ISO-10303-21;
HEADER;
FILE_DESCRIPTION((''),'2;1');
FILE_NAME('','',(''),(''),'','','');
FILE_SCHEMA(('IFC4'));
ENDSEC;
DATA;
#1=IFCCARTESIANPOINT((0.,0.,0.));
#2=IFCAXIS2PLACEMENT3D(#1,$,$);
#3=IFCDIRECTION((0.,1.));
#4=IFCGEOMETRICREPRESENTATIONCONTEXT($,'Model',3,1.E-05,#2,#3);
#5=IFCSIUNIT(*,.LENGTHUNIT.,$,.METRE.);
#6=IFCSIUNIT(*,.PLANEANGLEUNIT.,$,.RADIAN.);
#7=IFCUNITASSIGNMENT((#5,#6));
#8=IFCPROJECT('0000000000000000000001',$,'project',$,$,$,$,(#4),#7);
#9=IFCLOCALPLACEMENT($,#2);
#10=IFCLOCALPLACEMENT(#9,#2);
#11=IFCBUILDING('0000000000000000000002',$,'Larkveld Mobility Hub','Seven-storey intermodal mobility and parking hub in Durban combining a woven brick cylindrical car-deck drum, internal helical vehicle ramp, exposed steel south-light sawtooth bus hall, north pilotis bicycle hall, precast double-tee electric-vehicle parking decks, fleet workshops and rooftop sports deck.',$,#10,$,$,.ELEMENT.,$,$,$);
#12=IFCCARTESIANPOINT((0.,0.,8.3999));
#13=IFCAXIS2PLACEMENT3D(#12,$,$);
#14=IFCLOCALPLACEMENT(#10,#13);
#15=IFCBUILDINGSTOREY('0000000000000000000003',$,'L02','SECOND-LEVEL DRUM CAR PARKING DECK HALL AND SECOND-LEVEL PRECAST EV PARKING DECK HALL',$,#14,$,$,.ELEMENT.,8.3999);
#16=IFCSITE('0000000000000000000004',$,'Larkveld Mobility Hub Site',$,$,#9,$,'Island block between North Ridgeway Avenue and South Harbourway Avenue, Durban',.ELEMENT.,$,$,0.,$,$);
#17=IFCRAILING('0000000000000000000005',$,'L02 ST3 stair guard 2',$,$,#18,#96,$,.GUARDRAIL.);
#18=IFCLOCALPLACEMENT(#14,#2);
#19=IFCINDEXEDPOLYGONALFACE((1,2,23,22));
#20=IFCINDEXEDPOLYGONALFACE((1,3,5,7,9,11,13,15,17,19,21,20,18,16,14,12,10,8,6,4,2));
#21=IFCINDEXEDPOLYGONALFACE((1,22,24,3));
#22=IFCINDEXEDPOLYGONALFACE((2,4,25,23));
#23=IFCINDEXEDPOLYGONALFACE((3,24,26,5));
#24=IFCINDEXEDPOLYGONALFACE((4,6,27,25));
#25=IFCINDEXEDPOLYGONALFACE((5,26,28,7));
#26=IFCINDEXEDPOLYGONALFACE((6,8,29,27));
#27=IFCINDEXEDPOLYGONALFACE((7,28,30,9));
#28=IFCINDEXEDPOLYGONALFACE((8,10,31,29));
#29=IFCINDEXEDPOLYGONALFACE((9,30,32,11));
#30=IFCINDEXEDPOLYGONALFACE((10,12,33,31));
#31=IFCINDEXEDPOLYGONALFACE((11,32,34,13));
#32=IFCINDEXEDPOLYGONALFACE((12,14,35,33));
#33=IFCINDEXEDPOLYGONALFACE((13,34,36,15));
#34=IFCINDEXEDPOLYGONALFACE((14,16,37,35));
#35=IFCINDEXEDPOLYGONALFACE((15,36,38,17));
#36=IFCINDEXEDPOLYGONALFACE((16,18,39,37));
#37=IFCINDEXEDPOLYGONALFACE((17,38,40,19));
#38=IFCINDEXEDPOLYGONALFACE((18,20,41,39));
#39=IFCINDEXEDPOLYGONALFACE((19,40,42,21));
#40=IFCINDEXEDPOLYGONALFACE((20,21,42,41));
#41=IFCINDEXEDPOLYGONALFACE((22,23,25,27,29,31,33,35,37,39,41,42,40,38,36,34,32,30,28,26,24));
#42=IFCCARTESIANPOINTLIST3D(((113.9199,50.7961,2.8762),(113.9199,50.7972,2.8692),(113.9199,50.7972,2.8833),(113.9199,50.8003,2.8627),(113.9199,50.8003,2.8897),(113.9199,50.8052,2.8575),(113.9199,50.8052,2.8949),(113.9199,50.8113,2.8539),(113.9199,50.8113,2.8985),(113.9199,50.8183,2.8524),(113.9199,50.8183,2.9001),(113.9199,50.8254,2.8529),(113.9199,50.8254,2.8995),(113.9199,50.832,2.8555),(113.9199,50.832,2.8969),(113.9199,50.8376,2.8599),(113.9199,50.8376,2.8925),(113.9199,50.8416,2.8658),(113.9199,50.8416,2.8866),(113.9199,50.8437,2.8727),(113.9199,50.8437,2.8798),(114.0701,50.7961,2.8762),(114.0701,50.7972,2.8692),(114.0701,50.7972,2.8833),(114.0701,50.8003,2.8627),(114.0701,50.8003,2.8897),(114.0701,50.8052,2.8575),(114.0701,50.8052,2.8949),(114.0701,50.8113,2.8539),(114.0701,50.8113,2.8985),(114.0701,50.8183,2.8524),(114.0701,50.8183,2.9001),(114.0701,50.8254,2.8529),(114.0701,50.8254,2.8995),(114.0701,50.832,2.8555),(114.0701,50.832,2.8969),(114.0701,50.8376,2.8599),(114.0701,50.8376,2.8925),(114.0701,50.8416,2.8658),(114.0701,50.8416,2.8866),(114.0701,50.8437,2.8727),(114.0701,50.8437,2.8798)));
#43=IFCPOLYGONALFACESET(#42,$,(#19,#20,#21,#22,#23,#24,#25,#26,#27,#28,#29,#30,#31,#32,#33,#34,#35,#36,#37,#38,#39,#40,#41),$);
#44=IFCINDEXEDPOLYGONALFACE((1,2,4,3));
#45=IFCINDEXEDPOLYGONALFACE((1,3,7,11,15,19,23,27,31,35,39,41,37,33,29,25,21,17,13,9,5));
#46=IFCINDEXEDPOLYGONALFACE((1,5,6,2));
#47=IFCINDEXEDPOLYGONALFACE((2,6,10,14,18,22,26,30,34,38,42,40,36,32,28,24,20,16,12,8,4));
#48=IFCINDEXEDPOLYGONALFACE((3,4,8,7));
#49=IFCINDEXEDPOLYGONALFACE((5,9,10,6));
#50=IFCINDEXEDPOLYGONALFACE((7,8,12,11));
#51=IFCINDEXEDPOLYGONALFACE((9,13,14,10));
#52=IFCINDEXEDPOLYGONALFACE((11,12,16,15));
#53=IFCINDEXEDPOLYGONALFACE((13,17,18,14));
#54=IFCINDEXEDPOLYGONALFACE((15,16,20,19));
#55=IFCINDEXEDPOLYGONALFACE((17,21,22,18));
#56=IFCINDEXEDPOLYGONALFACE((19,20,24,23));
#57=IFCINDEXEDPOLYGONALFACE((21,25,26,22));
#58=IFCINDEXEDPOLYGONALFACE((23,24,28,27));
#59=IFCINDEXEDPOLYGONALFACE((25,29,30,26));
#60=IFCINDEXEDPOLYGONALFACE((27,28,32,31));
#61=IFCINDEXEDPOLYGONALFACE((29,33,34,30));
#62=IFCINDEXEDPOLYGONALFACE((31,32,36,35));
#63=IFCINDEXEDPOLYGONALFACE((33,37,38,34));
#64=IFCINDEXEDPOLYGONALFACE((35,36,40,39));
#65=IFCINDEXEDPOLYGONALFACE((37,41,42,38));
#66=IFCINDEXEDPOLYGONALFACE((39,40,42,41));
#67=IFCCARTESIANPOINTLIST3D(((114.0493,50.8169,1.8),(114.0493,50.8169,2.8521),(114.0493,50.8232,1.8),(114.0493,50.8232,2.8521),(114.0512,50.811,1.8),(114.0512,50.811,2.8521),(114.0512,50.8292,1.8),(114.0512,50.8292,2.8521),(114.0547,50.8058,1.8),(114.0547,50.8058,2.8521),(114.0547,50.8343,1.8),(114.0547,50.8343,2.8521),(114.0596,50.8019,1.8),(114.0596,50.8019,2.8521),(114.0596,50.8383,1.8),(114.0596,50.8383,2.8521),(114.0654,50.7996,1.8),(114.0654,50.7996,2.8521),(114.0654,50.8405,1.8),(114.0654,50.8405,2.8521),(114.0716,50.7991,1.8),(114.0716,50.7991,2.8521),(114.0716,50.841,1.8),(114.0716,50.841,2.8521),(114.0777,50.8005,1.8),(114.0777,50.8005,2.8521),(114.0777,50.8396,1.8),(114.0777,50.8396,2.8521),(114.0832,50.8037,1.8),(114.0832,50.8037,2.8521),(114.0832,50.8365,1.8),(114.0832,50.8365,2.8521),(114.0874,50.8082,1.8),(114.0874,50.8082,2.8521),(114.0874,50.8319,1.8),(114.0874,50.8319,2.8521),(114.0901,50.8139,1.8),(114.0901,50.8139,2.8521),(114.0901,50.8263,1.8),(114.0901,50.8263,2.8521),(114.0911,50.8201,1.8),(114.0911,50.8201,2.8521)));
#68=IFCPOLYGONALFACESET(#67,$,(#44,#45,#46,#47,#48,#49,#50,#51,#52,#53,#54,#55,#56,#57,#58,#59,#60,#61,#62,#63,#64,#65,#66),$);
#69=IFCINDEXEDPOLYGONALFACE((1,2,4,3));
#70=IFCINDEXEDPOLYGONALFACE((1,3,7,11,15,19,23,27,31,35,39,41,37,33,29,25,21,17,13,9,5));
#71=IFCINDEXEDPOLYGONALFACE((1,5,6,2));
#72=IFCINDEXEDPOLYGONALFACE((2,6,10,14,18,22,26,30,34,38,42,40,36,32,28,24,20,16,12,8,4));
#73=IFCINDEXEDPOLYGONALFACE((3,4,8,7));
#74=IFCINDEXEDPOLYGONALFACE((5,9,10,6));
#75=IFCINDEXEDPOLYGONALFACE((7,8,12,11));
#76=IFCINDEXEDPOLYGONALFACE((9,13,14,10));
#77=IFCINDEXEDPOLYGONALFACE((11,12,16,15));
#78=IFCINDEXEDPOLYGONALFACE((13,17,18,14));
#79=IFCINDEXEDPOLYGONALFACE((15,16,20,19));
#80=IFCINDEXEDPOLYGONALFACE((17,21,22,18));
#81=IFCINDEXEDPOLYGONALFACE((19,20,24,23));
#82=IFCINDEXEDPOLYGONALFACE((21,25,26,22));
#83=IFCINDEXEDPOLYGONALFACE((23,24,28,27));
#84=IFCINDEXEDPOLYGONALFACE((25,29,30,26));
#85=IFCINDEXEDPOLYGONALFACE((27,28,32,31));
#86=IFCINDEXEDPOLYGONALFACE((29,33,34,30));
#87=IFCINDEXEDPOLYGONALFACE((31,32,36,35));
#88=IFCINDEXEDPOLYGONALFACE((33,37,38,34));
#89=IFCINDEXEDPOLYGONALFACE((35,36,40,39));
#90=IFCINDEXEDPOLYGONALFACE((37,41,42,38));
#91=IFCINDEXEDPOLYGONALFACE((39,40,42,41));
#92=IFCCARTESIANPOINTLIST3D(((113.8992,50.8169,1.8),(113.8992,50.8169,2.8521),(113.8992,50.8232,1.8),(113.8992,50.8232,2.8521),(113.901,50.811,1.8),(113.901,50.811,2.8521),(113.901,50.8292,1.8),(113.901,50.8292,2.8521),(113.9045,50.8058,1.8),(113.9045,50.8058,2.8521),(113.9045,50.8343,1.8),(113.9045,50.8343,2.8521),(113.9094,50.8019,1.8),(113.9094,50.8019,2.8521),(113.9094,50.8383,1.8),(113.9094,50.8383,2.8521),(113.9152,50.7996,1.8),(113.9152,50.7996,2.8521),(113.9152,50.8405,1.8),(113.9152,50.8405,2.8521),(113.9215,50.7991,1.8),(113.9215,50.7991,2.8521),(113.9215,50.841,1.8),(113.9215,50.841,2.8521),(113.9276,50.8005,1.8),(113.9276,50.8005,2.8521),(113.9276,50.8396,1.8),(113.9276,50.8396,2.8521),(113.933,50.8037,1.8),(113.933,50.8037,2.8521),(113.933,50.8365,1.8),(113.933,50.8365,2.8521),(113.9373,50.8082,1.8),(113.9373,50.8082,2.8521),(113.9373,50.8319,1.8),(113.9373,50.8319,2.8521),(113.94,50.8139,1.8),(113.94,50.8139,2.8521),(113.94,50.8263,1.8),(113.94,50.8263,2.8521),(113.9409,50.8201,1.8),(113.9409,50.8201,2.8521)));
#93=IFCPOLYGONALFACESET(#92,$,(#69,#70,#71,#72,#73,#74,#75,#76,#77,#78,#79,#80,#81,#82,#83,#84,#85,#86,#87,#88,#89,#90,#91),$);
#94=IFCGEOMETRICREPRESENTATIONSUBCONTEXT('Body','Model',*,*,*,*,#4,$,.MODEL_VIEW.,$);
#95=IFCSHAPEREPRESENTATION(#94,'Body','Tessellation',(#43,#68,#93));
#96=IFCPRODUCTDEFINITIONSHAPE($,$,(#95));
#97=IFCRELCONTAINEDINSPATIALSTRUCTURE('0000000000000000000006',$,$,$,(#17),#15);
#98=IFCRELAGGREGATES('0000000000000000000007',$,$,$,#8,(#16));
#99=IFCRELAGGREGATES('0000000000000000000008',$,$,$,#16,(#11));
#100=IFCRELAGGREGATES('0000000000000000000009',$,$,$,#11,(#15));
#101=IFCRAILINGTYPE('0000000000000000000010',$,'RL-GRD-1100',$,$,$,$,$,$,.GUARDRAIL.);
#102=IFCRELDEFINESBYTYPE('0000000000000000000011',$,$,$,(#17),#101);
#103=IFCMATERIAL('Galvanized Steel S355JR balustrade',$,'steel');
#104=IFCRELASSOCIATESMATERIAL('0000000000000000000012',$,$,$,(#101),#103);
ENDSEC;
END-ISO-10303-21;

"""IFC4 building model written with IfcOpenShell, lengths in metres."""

from ifc_helpers import new_model, si_unit, direction, frame, origin, origin_2d, place, context, subcontext, project, spatial, circle, extrude, material, type_object, element, save


model = new_model("IFC4")

# Units and contexts
model_context = context("Model", 3, precision=1e-05, world=origin(), true_north=direction((0.0, 1.0)))
body_context = subcontext(model_context, "Body", "Model", "MODEL_VIEW")
ifc_project = project(units=[si_unit("LENGTHUNIT", "METRE"), si_unit("PLANEANGLEUNIT", "RADIAN")], contexts=[model_context])

# Site, building, storey
site_placement = place(None, origin())
site = spatial("IfcSite", under=ifc_project, at=site_placement, Name="Larkveld Mobility Hub Site", LongName="Island block between North Ridgeway Avenue and South Harbourway Avenue, Durban", CompositionType="ELEMENT", RefElevation=0.0)
building_placement = place(site_placement, origin())
building = spatial("IfcBuilding", under=site, at=building_placement, Name="Larkveld Mobility Hub", Description="Seven-storey intermodal mobility and parking hub in Durban combining a woven brick cylindrical car-deck drum, internal helical vehicle ramp, exposed steel south-light sawtooth bus hall, north pilotis bicycle hall, precast double-tee electric-vehicle parking decks, fleet workshops and rooftop sports deck.", CompositionType="ELEMENT")
storey_placement = place(building_placement, frame((0.0, 0.0, 8.3999)))
storey = spatial("IfcBuildingStorey", under=building, at=storey_placement, Name="L02", Description="SECOND-LEVEL DRUM CAR PARKING DECK HALL AND SECOND-LEVEL PRECAST EV PARKING DECK HALL", CompositionType="ELEMENT", Elevation=8.3999)

# Railing
ifc_material_1 = material(Name="Galvanized Steel S355JR balustrade", Category="steel")
railing_type_1 = type_object("IfcRailingType", Name="RL-GRD-1100", PredefinedType="GUARDRAIL", material=ifc_material_1)
railing_1_placement = place(storey_placement, frame((114.0701, 50.8201, 1.8)))
element("IfcRailing", 1, at=railing_1_placement, inside=storey, type_object=railing_type_1, Name="L02 ST3 stair guard 2", PredefinedType="GUARDRAIL", context=body_context, shape_type="SweptSolid", body=[
    extrude(circle(Radius=0.0239, at=origin_2d()), frame((0.0, 0.0, 1.0762), z_axis=(-1.0, 0.0, 0.0), x_axis=(0.0, -1.0, 0.0)), (0.0, 0.0, 1.0), 0.1501),
    extrude(circle(Radius=0.021, at=origin_2d()), origin(), (0.0, 0.0, 1.0), 1.052),
    extrude(circle(Radius=0.021, at=origin_2d()), frame((-0.1501, 0.0, 0.0)), (0.0, 0.0, 1.0), 1.052),
])

save(model, "model.ifc")
